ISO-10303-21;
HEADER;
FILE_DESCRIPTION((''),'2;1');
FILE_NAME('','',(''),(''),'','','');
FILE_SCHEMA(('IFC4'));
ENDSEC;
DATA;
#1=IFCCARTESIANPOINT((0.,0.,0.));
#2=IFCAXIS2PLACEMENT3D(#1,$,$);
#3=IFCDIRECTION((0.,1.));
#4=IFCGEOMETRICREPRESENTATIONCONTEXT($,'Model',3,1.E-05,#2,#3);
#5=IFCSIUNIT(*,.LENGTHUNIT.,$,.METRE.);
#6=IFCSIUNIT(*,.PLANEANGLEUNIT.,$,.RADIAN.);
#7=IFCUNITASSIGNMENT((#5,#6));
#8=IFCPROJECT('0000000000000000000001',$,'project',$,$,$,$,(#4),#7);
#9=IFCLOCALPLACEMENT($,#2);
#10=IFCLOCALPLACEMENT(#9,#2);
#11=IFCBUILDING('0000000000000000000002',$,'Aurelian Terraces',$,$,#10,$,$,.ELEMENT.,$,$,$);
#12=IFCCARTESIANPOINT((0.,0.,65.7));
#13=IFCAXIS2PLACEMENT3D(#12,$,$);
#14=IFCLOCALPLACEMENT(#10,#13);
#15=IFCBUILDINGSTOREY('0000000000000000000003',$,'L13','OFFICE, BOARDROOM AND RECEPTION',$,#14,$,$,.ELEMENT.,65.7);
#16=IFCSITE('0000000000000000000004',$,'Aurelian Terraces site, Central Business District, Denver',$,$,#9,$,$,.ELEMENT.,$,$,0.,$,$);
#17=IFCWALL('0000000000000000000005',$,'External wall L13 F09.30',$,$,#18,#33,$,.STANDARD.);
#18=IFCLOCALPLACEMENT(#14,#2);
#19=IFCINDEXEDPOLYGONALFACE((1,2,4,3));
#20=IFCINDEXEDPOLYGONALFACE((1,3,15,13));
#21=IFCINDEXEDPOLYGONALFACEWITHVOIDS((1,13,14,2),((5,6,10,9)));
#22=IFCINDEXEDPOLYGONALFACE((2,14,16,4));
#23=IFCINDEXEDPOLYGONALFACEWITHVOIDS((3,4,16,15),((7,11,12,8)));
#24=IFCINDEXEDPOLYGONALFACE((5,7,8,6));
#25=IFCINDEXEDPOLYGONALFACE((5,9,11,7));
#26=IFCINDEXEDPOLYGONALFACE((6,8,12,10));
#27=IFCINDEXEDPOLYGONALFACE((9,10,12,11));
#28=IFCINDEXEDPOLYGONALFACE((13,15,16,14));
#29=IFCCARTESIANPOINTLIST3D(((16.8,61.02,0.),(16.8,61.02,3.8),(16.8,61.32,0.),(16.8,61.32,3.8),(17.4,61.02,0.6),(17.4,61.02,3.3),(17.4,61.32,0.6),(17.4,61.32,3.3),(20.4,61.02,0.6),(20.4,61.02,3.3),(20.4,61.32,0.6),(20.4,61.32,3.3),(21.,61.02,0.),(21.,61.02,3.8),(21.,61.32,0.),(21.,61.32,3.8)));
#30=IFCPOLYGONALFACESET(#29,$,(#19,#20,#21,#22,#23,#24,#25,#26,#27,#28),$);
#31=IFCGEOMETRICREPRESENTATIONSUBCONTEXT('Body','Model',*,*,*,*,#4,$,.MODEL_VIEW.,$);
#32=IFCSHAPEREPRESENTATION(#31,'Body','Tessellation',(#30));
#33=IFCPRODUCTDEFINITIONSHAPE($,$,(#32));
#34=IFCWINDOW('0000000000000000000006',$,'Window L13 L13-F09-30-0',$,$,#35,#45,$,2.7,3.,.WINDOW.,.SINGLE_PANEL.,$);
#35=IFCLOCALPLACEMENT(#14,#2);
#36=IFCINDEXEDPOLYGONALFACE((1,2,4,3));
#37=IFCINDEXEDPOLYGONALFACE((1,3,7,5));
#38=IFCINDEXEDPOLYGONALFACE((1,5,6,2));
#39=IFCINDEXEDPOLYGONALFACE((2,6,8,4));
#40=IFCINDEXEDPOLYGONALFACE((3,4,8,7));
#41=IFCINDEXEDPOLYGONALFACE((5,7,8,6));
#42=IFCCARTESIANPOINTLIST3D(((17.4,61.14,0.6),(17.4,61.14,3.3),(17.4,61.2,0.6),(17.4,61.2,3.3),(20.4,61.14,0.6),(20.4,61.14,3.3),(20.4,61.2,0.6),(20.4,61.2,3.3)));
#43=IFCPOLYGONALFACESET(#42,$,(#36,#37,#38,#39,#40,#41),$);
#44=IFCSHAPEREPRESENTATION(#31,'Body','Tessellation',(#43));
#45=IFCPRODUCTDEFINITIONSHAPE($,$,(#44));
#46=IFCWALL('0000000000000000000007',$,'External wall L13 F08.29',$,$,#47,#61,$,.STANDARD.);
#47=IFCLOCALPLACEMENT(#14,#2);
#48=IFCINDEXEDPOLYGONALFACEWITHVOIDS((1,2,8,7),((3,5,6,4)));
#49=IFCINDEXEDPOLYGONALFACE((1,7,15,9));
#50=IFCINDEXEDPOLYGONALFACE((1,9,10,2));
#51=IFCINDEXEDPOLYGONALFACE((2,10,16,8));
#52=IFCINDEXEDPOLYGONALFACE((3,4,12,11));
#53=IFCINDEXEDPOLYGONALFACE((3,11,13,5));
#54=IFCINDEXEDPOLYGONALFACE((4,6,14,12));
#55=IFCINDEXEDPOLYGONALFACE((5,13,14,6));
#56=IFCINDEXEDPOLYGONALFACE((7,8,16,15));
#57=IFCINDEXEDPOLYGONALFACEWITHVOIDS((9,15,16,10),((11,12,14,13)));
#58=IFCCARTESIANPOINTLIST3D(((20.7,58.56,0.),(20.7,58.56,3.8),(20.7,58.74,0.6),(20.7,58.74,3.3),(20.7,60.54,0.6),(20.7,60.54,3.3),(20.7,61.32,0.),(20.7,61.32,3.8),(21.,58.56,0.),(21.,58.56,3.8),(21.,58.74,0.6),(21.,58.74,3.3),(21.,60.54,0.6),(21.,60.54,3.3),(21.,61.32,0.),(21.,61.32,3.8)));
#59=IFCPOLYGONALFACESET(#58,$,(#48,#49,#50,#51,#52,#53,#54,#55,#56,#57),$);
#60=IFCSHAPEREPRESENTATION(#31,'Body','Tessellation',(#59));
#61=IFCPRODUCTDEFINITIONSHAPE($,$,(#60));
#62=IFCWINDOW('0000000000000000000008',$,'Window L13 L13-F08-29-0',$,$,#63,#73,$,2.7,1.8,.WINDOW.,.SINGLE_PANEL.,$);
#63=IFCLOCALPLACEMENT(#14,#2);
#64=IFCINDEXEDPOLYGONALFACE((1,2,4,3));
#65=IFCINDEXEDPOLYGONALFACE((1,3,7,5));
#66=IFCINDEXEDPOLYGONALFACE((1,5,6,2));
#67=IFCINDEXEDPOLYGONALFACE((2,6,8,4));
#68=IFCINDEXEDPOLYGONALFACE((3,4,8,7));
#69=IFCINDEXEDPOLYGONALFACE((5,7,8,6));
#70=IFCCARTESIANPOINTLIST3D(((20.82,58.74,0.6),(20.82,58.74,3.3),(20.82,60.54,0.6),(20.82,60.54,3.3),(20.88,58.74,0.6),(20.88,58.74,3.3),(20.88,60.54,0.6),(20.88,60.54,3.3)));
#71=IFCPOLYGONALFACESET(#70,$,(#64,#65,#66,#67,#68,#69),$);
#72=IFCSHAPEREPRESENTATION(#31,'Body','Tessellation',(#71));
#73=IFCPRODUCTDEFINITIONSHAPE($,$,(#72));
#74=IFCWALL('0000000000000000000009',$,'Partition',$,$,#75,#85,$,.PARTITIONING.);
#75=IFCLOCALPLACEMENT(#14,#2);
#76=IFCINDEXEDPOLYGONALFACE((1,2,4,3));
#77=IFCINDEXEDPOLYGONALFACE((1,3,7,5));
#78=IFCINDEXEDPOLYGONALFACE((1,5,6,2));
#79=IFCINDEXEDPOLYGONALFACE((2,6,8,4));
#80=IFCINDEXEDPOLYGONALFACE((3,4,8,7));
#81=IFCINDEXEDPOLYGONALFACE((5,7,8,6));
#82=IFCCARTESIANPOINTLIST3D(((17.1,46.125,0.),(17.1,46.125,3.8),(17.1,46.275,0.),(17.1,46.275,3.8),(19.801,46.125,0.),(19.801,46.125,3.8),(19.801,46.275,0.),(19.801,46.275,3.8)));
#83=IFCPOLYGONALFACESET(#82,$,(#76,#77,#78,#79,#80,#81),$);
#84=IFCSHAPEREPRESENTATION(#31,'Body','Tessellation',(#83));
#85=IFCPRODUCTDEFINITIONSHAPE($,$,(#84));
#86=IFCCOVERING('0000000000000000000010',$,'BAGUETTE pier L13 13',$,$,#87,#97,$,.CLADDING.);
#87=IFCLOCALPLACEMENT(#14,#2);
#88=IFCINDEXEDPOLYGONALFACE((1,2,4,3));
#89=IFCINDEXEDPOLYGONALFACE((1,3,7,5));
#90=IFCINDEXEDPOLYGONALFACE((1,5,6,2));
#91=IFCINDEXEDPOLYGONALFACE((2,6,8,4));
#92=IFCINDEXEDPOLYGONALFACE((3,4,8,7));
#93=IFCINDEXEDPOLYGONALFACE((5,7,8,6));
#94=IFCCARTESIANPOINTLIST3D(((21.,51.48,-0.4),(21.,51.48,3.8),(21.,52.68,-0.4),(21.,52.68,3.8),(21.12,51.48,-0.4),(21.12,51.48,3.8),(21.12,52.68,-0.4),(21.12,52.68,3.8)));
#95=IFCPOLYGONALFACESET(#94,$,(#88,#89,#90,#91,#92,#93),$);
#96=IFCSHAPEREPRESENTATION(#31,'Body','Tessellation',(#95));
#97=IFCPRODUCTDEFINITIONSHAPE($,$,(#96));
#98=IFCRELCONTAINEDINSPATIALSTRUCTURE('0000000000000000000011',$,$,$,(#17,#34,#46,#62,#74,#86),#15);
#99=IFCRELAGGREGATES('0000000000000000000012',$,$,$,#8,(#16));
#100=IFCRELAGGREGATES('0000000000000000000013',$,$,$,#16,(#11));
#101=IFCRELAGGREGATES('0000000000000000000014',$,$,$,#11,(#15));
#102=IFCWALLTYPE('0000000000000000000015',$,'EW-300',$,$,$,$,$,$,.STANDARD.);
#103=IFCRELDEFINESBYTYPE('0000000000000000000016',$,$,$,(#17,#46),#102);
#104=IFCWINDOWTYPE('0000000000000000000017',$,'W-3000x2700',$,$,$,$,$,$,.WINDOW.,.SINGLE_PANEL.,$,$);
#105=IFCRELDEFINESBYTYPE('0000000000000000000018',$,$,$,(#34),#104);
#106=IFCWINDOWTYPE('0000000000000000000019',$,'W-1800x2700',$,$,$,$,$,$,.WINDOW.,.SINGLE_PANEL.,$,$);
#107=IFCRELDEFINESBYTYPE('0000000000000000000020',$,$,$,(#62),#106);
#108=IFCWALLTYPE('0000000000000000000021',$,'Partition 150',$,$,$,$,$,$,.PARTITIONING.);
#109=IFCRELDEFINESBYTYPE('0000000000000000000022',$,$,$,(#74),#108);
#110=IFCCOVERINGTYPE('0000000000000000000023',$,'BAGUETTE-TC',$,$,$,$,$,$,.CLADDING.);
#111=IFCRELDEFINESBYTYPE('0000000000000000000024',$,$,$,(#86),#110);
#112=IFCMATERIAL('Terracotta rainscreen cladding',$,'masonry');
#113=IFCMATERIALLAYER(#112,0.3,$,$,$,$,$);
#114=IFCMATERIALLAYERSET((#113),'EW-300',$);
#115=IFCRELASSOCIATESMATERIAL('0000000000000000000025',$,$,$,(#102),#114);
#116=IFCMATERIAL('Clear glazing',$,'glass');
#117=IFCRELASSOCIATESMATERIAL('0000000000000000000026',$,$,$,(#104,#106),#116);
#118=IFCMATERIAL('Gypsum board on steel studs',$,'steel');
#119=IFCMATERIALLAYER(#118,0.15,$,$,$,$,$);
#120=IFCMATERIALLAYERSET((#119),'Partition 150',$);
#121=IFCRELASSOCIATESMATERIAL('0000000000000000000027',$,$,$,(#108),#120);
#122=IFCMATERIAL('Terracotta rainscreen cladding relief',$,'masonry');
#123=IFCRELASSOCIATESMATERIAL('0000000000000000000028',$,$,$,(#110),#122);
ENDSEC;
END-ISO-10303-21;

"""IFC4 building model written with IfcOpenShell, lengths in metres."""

from ifc_helpers import new_model, si_unit, direction, frame, frame_2d, origin, origin_2d, place, context, subcontext, project, spatial, rectangle, extrude, source, transform, mapped, material, layer, layer_set, type_object, element, fill, save


model = new_model("IFC4")

# Units and contexts
model_context = context("Model", 3, precision=1e-05, world=origin(), true_north=direction((0.0, 1.0)))
body_context = subcontext(model_context, "Body", "Model", "MODEL_VIEW")
ifc_project = project(units=[si_unit("LENGTHUNIT", "METRE"), si_unit("PLANEANGLEUNIT", "RADIAN")], contexts=[model_context])

# Site, building, storey
site_placement = place(None, origin())
site = spatial("IfcSite", under=ifc_project, at=site_placement, Name="Aurelian Terraces site, Central Business District, Denver", CompositionType="ELEMENT", RefElevation=0.0)
building_placement = place(site_placement, origin())
building = spatial("IfcBuilding", under=site, at=building_placement, Name="Aurelian Terraces", CompositionType="ELEMENT")
storey_placement = place(building_placement, frame((0.0, 0.0, 65.7)))
storey = spatial("IfcBuildingStorey", under=building, at=storey_placement, Name="L13", Description="OFFICE, BOARDROOM AND RECEPTION", CompositionType="ELEMENT", Elevation=65.7)

# Shared definitions
ifc_material_1 = material(Name="Terracotta rainscreen cladding", Category="masonry")
ifc_layer_1 = layer(ifc_material_1, 0.3)
ifc_layer_set_1 = layer_set([ifc_layer_1], Name="EW-300")
wall_type_1 = type_object("IfcWallType", Name="EW-300", PredefinedType="STANDARD", material=ifc_layer_set_1)
ifc_material_2 = material(Name="Clear glazing", Category="glass")

# Walls, openings, windows
shared_shape_1 = source(origin(), body_context, "Body", "SweptSolid", [
    extrude(rectangle(XDim=3.0, YDim=2.7, at=frame_2d((1.5, 1.35))), frame((0.0, 0.16, 0.0), z_axis=(0.0, -1.0, 0.0), x_axis=(1.0, 0.0, 0.0)), (0.0, 0.0, 1.0), 0.32),
])
window_type_1 = type_object("IfcWindowType", Name="W-3000x2700", PartitioningType="SINGLE_PANEL", PredefinedType="WINDOW", material=ifc_material_2)
shared_shape_2 = source(origin(), body_context, "Body", "SweptSolid", [
    extrude(rectangle(XDim=3.0, YDim=2.7, at=frame_2d((1.5, 1.35))), frame((0.0, 0.03, 0.0), z_axis=(0.0, -1.0, 0.0), x_axis=(1.0, 0.0, 0.0)), (0.0, 0.0, 1.0), 0.06),
])
shared_shape_3 = source(origin(), body_context, "Body", "SweptSolid", [
    extrude(rectangle(XDim=4.2, YDim=0.3, at=frame_2d((2.1, 0.0))), origin(), (0.0, 0.0, 1.0), 3.8),
])
wall_1_placement = place(storey_placement, frame((21.0, 61.17, 0.0), z_axis=(0.0, 0.0, 1.0), x_axis=(-1.0, 0.0, 0.0)))
wall_1 = element("IfcWall", 1, at=wall_1_placement, inside=storey, type_object=wall_type_1, Name="External wall L13 F09.30", PredefinedType="STANDARD", context=body_context, shape_type="MappedRepresentation", body=[
    mapped(shared_shape_3, transform((0.0, 0.0, 0.0), scale=1.0)),
])
opening_1_placement = place(wall_1_placement, frame((0.6, 0.0, 0.6)))
opening_1 = element("IfcOpeningElement", 2, at=opening_1_placement, cuts=wall_1, PredefinedType="OPENING", context=body_context, shape_type="MappedRepresentation", body=[
    mapped(shared_shape_1, transform((0.0, 0.0, 0.0), scale=1.0)),
])
window_1_placement = place(opening_1_placement, origin())
window_1 = element("IfcWindow", 3, at=window_1_placement, inside=storey, type_object=window_type_1, Name="Window L13 L13-F09-30-0", OverallHeight=2.7, OverallWidth=3.0, PartitioningType="SINGLE_PANEL", PredefinedType="WINDOW", context=body_context, shape_type="MappedRepresentation", body=[
    mapped(shared_shape_2, transform((0.0, 0.0, 0.0), scale=1.0)),
])
fill(opening_1, window_1)
shared_shape_4 = source(origin(), body_context, "Body", "SweptSolid", [
    extrude(rectangle(XDim=2.76, YDim=0.3, at=frame_2d((1.38, 0.0))), origin(), (0.0, 0.0, 1.0), 3.8),
])
wall_2_placement = place(storey_placement, frame((20.85, 58.56, 0.0), z_axis=(0.0, 0.0, 1.0), x_axis=(0.0, 1.0, 0.0)))
wall_2 = element("IfcWall", 4, at=wall_2_placement, inside=storey, type_object=wall_type_1, Name="External wall L13 F08.29", PredefinedType="STANDARD", context=body_context, shape_type="MappedRepresentation", body=[
    mapped(shared_shape_4, transform((0.0, 0.0, 0.0), scale=1.0)),
])
shared_shape_5 = source(origin(), body_context, "Body", "SweptSolid", [
    extrude(rectangle(XDim=1.8, YDim=2.7, at=frame_2d((0.9, 1.35))), frame((0.0, 0.16, 0.0), z_axis=(0.0, -1.0, 0.0), x_axis=(1.0, 0.0, 0.0)), (0.0, 0.0, 1.0), 0.32),
])
opening_2_placement = place(wall_2_placement, frame((0.18, 0.0, 0.6)))
opening_2 = element("IfcOpeningElement", 5, at=opening_2_placement, cuts=wall_2, PredefinedType="OPENING", context=body_context, shape_type="MappedRepresentation", body=[
    mapped(shared_shape_5, transform((0.0, 0.0, 0.0), scale=1.0)),
])
window_type_2 = type_object("IfcWindowType", Name="W-1800x2700", PartitioningType="SINGLE_PANEL", PredefinedType="WINDOW", material=ifc_material_2)
shared_shape_6 = source(origin(), body_context, "Body", "SweptSolid", [
    extrude(rectangle(XDim=1.8, YDim=2.7, at=frame_2d((0.9, 1.35))), frame((0.0, 0.03, 0.0), z_axis=(0.0, -1.0, 0.0), x_axis=(1.0, 0.0, 0.0)), (0.0, 0.0, 1.0), 0.06),
])
window_2_placement = place(opening_2_placement, origin())
window_2 = element("IfcWindow", 6, at=window_2_placement, inside=storey, type_object=window_type_2, Name="Window L13 L13-F08-29-0", OverallHeight=2.7, OverallWidth=1.8, PartitioningType="SINGLE_PANEL", PredefinedType="WINDOW", context=body_context, shape_type="MappedRepresentation", body=[
    mapped(shared_shape_6, transform((0.0, 0.0, 0.0), scale=1.0)),
])
fill(opening_2, window_2)

# Wall
ifc_material_3 = material(Name="Gypsum board on steel studs", Category="steel")
ifc_layer_2 = layer(ifc_material_3, 0.15)
ifc_layer_set_2 = layer_set([ifc_layer_2], Name="Partition 150")
wall_type_2 = type_object("IfcWallType", Name="Partition 150", PredefinedType="PARTITIONING", material=ifc_layer_set_2)
shared_shape_7 = source(origin(), body_context, "Body", "SweptSolid", [
    extrude(rectangle(XDim=2.701, YDim=0.15, at=frame_2d((1.3505, 0.0))), origin(), (0.0, 0.0, 1.0), 3.8),
])
wall_3_placement = place(storey_placement, frame((19.801, 46.2, 0.0), z_axis=(0.0, 0.0, 1.0), x_axis=(-1.0, 0.0, 0.0)))
element("IfcWall", 7, at=wall_3_placement, inside=storey, type_object=wall_type_2, Name="Partition", PredefinedType="PARTITIONING", context=body_context, shape_type="MappedRepresentation", body=[
    mapped(shared_shape_7, transform((0.0, 0.0, 0.0), scale=1.0)),
])

# Covering
ifc_material_4 = material(Name="Terracotta rainscreen cladding relief", Category="masonry")
covering_type = type_object("IfcCoveringType", Name="BAGUETTE-TC", PredefinedType="CLADDING", material=ifc_material_4)
shared_shape_8 = source(origin(), body_context, "Body", "SweptSolid", [
    extrude(rectangle(XDim=0.12, YDim=1.2, at=origin_2d()), origin(), (0.0, 0.0, 1.0), 4.2),
])
covering_placement = place(storey_placement, frame((21.06, 52.08, -0.4), z_axis=(0.0, 0.0, 1.0), x_axis=(1.0, 0.0, 0.0)))
element("IfcCovering", 8, at=covering_placement, inside=storey, type_object=covering_type, Name="BAGUETTE pier L13 13", PredefinedType="CLADDING", context=body_context, shape_type="MappedRepresentation", body=[
    mapped(shared_shape_8, transform((0.0, 0.0, 0.0), scale=1.0)),
])

save(model, "model.ifc")
